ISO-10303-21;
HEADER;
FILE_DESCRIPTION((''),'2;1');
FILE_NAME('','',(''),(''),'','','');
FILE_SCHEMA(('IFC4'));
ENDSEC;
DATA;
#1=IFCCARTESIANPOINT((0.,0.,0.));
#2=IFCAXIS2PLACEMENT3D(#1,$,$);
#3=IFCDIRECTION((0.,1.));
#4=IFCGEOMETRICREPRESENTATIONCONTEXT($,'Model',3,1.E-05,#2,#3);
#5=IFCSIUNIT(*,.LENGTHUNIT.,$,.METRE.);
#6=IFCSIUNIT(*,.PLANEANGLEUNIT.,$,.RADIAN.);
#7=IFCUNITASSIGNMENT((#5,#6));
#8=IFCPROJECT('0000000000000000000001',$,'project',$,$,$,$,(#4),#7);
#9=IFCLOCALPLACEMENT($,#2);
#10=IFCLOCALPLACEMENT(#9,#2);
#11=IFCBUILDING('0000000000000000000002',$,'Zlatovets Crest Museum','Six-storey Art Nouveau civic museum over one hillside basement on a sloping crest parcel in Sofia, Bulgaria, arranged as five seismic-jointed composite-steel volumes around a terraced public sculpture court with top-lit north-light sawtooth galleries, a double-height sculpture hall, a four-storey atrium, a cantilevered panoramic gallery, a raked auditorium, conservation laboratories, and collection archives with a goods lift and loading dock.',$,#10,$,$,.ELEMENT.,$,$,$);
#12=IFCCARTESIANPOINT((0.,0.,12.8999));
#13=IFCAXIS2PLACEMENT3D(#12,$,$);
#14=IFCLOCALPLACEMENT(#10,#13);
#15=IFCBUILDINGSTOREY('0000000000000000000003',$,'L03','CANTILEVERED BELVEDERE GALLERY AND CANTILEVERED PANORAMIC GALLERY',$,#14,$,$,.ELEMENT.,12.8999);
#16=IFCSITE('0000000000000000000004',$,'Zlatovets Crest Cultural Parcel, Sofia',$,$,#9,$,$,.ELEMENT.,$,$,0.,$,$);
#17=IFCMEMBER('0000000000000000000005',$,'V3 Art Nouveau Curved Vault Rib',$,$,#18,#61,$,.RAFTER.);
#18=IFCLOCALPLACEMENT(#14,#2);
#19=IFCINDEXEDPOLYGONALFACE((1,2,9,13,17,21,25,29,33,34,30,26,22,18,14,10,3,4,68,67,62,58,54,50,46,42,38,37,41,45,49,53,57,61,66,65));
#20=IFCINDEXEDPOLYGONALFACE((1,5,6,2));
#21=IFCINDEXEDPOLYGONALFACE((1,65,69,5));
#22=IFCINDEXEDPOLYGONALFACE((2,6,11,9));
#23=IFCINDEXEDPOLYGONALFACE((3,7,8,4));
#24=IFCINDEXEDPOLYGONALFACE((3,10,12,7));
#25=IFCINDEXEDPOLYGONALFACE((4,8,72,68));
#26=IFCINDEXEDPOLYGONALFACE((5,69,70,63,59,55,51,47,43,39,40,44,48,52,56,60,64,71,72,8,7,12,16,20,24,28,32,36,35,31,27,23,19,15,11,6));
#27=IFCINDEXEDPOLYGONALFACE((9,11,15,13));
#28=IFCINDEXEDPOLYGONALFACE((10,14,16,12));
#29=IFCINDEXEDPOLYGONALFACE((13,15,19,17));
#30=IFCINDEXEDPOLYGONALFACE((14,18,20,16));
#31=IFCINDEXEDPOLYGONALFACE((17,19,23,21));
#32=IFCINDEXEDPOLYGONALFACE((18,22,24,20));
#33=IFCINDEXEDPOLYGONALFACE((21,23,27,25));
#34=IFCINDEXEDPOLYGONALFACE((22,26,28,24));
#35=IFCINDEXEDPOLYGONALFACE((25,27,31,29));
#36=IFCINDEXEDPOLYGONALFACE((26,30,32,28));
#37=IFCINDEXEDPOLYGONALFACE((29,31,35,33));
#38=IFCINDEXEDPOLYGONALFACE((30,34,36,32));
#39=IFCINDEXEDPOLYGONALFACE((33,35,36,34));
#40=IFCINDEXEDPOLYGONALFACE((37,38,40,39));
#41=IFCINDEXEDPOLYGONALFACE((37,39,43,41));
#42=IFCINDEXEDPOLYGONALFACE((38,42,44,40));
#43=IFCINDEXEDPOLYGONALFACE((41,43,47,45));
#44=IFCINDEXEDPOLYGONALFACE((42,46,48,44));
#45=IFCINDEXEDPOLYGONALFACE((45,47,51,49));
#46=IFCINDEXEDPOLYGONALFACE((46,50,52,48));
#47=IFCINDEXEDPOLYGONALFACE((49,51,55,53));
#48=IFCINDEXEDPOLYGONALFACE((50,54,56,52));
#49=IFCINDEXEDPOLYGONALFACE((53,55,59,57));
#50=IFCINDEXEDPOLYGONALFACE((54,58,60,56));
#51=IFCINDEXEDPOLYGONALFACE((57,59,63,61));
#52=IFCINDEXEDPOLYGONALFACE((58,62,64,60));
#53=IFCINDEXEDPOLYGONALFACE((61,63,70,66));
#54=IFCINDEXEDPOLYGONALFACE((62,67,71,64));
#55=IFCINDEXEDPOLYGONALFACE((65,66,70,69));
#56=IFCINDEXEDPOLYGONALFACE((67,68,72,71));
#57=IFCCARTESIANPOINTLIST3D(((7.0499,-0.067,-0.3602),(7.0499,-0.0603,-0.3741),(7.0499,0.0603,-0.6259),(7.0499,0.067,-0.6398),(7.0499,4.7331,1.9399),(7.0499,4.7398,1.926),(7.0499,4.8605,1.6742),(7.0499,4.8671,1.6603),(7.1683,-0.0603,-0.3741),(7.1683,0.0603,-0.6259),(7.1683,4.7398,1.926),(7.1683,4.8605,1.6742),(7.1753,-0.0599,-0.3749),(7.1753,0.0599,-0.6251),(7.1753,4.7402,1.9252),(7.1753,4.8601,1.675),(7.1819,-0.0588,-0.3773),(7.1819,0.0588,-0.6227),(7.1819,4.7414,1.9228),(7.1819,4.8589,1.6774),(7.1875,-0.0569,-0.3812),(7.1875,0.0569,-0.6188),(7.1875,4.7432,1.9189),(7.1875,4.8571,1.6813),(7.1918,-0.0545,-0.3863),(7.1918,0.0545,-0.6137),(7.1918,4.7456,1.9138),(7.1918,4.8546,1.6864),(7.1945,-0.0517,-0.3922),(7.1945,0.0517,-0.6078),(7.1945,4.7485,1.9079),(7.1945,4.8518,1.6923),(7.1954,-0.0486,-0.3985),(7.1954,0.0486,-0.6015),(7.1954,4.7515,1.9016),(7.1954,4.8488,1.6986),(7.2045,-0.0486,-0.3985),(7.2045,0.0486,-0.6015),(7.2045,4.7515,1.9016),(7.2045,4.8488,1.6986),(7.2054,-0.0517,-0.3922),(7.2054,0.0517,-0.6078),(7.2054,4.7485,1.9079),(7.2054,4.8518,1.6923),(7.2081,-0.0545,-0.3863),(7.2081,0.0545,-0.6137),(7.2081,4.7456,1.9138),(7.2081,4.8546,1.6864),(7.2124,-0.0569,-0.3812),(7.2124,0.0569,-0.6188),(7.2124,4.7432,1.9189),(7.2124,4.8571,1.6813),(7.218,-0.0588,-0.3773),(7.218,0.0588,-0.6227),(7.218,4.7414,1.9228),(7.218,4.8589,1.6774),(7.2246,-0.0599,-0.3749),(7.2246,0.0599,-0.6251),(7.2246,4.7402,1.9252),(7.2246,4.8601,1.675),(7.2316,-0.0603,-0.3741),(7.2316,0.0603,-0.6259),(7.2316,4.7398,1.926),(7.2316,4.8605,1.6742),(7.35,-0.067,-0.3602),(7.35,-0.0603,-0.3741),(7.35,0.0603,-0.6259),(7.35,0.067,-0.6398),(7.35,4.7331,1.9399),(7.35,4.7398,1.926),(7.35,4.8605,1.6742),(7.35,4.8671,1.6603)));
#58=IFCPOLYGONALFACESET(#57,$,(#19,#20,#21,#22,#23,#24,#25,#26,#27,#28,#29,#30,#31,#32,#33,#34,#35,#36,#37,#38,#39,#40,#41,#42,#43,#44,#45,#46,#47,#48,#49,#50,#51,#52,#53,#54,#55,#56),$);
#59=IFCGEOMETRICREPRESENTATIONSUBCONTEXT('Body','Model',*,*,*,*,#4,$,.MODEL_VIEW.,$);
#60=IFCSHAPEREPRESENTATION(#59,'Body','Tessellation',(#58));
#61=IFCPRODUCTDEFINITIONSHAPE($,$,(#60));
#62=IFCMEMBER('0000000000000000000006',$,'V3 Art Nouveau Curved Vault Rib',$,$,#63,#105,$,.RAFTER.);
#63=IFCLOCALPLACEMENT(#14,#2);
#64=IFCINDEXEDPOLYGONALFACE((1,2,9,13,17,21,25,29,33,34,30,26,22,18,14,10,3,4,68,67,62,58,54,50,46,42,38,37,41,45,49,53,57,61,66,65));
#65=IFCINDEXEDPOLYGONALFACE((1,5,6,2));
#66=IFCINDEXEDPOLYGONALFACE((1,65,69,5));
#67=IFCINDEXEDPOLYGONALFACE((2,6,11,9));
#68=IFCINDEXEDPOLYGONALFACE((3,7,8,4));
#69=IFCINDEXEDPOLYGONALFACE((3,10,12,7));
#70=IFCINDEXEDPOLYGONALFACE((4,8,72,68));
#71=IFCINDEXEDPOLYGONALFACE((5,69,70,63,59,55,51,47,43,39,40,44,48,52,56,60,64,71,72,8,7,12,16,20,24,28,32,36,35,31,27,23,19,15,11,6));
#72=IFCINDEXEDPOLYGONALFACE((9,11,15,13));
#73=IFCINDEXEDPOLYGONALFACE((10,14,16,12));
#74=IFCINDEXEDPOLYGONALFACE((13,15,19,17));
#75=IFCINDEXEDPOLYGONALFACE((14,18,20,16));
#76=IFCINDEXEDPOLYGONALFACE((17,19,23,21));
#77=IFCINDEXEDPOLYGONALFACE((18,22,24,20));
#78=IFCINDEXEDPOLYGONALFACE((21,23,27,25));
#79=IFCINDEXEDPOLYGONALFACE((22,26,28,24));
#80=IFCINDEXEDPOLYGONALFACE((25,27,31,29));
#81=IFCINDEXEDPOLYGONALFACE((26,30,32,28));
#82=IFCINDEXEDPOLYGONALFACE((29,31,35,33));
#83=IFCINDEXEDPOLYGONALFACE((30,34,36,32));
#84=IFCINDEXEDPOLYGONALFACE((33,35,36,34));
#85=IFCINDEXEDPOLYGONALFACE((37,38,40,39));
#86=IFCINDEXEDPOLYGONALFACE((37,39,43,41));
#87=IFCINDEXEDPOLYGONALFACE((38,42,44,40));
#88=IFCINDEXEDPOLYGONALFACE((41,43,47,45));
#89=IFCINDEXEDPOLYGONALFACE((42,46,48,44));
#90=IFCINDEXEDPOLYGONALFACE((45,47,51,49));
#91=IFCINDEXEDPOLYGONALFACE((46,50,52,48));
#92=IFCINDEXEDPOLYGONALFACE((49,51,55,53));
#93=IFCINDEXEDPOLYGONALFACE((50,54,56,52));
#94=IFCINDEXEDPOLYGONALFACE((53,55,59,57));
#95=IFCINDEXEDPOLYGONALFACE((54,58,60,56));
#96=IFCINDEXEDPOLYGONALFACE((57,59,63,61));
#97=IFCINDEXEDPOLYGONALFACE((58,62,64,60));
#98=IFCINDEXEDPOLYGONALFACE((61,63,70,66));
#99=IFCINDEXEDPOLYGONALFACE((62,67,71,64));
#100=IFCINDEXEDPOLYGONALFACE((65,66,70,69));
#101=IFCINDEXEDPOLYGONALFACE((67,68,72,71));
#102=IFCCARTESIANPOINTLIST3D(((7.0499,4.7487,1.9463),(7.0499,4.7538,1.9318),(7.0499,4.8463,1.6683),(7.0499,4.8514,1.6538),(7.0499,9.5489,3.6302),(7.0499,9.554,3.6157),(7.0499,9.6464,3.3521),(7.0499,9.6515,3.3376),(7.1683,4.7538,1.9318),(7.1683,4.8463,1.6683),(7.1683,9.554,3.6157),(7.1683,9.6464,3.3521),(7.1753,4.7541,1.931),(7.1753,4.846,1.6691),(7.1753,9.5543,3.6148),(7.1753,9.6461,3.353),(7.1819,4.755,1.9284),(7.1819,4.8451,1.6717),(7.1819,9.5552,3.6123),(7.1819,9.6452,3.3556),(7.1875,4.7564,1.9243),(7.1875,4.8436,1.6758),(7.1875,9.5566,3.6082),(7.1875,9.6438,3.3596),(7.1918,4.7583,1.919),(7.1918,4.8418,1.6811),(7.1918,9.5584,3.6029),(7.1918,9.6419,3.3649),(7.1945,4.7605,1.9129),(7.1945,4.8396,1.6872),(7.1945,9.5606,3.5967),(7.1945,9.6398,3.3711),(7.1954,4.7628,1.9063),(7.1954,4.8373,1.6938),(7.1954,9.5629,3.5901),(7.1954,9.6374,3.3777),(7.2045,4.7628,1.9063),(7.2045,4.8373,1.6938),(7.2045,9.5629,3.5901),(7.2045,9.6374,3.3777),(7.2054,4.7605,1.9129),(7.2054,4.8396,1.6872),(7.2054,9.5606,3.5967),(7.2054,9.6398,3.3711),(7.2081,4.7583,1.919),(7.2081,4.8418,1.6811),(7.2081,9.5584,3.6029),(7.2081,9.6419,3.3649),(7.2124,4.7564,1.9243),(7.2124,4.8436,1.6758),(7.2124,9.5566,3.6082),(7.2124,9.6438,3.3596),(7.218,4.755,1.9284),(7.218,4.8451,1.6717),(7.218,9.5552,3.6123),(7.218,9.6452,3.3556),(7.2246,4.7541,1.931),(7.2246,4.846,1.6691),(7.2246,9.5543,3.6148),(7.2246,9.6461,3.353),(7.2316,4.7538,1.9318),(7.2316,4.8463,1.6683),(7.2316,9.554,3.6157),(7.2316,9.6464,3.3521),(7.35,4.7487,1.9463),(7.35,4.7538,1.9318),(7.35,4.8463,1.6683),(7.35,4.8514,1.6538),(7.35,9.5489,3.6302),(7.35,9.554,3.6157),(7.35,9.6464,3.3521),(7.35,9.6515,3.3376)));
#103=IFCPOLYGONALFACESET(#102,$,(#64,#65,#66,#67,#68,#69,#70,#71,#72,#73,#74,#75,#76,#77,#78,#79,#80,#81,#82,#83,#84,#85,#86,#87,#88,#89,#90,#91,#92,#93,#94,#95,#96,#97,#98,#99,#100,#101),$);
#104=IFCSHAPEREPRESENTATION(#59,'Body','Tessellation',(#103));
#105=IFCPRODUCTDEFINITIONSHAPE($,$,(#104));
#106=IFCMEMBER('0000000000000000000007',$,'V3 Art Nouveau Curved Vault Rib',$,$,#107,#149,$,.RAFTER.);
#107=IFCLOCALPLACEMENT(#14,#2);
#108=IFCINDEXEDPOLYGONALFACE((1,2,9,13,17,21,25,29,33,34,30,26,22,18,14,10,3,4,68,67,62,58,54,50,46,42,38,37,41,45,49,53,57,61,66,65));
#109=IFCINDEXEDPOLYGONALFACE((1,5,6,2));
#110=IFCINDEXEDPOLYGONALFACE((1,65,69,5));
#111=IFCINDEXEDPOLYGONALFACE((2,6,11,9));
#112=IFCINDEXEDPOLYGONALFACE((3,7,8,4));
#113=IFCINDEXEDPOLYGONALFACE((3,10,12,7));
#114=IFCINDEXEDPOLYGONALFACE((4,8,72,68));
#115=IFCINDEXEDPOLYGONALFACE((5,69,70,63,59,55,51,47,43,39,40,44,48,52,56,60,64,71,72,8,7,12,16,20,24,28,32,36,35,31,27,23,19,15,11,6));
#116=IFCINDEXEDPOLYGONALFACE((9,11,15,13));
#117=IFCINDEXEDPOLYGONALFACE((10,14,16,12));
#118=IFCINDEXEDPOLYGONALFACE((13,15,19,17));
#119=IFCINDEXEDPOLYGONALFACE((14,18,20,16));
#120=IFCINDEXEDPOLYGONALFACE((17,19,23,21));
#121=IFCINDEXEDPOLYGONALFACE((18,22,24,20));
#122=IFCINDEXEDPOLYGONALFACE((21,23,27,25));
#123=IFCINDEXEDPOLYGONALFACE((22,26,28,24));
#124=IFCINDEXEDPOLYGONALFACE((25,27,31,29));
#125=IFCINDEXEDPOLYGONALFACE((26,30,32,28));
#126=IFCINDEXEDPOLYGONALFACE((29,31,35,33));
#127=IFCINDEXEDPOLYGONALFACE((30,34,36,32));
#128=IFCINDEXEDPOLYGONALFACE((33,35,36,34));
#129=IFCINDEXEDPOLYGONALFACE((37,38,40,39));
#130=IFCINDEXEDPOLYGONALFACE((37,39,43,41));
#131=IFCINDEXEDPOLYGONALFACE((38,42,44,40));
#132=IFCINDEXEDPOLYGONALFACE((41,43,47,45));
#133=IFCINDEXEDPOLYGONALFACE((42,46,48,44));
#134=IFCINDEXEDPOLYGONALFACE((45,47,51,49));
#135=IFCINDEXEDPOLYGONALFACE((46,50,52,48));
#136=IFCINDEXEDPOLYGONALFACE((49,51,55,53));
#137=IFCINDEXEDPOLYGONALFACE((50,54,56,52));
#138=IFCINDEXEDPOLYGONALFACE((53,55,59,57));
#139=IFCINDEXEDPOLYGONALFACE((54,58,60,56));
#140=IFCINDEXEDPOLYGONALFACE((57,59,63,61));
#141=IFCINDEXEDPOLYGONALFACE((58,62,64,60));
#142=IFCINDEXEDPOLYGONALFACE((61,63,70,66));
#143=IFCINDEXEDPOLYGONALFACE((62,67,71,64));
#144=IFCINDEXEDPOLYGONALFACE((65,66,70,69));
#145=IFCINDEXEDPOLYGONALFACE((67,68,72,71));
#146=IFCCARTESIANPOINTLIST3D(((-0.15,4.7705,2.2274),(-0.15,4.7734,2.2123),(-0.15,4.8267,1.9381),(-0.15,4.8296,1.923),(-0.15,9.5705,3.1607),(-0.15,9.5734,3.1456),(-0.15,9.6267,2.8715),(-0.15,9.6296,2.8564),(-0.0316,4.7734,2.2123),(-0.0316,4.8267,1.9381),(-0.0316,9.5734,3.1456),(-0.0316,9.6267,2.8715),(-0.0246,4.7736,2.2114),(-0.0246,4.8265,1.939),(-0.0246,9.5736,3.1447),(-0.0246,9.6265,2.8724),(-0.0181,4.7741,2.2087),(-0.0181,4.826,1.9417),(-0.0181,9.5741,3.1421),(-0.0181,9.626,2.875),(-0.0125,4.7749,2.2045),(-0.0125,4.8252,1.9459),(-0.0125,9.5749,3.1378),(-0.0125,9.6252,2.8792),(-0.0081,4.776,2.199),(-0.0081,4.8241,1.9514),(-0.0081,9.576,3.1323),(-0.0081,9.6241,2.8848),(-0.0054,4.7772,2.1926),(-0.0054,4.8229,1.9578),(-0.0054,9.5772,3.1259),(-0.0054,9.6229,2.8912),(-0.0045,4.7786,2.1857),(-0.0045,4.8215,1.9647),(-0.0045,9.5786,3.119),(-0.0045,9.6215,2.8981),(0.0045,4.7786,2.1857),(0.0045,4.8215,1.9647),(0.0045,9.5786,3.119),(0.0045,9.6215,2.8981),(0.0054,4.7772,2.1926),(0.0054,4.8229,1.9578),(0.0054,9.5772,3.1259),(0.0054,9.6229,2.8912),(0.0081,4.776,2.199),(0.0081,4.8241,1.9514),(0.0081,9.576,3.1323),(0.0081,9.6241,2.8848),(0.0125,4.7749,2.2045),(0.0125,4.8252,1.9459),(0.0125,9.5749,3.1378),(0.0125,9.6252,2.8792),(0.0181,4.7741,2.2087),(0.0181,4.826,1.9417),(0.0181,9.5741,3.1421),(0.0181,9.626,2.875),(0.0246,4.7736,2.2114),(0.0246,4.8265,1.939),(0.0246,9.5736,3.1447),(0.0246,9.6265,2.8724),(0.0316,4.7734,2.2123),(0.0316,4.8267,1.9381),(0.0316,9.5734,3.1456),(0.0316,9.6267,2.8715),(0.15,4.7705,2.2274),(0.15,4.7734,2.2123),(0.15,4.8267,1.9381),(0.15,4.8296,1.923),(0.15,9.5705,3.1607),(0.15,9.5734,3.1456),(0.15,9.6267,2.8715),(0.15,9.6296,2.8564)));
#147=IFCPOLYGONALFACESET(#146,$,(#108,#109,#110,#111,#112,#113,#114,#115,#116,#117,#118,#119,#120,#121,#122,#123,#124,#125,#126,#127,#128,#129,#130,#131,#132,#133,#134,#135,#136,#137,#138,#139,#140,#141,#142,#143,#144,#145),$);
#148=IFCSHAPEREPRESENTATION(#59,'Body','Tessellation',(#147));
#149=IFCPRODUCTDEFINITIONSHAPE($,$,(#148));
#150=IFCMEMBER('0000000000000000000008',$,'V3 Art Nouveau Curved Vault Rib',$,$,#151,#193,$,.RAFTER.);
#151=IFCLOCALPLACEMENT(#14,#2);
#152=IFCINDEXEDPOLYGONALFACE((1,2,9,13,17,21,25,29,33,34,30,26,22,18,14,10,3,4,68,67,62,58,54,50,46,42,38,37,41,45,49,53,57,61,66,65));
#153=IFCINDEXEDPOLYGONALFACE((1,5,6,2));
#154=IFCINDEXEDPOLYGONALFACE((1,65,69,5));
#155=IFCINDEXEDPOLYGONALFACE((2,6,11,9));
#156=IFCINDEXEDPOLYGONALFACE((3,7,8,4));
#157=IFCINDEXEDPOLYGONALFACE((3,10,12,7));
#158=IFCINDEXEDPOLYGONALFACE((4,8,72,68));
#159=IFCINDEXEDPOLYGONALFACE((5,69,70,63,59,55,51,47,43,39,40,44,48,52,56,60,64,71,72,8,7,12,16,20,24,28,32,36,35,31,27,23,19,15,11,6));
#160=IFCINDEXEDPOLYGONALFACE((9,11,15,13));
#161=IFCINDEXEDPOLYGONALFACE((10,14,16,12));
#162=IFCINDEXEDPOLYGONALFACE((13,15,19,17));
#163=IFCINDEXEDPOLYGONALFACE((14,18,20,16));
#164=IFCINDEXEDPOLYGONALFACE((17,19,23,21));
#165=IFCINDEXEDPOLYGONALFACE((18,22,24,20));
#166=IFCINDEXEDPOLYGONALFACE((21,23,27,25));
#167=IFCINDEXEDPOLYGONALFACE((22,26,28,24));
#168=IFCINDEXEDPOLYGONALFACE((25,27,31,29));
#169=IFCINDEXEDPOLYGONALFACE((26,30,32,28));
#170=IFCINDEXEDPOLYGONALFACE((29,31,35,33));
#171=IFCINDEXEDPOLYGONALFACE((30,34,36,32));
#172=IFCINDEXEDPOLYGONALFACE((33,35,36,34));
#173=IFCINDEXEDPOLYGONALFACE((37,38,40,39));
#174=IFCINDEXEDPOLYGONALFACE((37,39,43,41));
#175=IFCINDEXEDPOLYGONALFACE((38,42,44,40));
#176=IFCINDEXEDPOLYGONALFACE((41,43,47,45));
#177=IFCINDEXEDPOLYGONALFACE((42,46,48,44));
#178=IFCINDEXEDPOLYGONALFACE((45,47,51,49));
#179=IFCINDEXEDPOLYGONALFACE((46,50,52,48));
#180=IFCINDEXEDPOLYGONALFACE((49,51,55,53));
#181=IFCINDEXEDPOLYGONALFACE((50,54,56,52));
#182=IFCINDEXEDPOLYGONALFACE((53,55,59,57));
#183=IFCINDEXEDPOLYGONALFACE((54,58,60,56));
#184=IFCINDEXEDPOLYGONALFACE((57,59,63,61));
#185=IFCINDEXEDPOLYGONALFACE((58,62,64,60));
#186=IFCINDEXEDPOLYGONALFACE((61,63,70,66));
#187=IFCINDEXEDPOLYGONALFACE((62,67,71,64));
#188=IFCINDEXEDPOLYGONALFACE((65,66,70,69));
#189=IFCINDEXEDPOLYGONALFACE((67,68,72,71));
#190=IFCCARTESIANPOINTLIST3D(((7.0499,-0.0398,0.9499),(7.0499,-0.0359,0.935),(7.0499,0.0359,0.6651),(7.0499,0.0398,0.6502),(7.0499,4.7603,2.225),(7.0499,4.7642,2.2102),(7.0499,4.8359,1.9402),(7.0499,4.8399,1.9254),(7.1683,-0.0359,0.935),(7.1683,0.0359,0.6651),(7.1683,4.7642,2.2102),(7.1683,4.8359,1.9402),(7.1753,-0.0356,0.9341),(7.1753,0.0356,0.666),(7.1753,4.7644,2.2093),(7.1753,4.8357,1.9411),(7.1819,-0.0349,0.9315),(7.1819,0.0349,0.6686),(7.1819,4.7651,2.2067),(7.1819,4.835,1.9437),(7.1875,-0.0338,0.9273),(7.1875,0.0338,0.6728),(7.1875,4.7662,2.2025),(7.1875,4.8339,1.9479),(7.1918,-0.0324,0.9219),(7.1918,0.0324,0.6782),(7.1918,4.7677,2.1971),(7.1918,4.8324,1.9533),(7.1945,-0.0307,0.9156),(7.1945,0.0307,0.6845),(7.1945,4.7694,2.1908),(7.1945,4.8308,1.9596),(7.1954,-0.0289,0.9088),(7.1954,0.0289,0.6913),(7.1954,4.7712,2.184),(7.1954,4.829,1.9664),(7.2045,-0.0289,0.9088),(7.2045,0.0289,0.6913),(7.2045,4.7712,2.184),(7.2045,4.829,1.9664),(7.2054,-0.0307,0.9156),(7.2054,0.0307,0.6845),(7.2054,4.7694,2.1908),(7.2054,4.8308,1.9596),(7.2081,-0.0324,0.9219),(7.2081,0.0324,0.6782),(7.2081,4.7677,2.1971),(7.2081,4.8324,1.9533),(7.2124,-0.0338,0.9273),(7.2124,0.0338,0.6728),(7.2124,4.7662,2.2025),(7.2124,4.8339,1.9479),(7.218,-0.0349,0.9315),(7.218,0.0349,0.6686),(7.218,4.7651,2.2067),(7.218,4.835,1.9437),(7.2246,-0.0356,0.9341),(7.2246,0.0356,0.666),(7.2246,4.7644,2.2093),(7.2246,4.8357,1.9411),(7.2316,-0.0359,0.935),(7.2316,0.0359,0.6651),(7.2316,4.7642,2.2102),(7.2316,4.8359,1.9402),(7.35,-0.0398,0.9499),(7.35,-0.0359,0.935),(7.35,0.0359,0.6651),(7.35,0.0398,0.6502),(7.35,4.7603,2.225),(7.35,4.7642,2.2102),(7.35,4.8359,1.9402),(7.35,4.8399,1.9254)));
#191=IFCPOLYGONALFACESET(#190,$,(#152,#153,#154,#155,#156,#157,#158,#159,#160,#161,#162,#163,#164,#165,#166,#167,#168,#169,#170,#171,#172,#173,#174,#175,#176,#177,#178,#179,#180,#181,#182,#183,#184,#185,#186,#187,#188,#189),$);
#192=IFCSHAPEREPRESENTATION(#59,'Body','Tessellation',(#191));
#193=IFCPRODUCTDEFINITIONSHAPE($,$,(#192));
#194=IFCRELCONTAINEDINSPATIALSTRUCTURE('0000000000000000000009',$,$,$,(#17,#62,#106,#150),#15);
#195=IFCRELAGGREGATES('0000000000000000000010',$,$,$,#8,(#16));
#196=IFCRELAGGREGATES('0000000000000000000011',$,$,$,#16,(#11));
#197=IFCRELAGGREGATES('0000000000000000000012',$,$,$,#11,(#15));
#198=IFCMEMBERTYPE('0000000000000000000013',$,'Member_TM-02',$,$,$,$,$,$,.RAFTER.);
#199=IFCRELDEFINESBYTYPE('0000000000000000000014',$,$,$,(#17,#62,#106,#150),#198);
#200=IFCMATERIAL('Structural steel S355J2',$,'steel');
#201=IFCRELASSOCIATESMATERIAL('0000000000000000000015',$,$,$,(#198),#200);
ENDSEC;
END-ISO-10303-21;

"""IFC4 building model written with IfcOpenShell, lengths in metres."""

from ifc_helpers import new_model, si_unit, direction, frame, origin, origin_2d, place, context, subcontext, project, spatial, i_section, extrude, material, material_profile, profile_set, type_object, element, save


model = new_model("IFC4")

# Units and contexts
model_context = context("Model", 3, precision=1e-05, world=origin(), true_north=direction((0.0, 1.0)))
body_context = subcontext(model_context, "Body", "Model", "MODEL_VIEW")
ifc_project = project(units=[si_unit("LENGTHUNIT", "METRE"), si_unit("PLANEANGLEUNIT", "RADIAN")], contexts=[model_context])

# Site, building, storey
site_placement = place(None, origin())
site = spatial("IfcSite", under=ifc_project, at=site_placement, Name="Zlatovets Crest Cultural Parcel, Sofia", CompositionType="ELEMENT", RefElevation=0.0)
building_placement = place(site_placement, origin())
building = spatial("IfcBuilding", under=site, at=building_placement, Name="Zlatovets Crest Museum", Description="Six-storey Art Nouveau civic museum over one hillside basement on a sloping crest parcel in Sofia, Bulgaria, arranged as five seismic-jointed composite-steel volumes around a terraced public sculpture court with top-lit north-light sawtooth galleries, a double-height sculpture hall, a four-storey atrium, a cantilevered panoramic gallery, a raked auditorium, conservation laboratories, and collection archives with a goods lift and loading dock.", CompositionType="ELEMENT")
storey_placement = place(building_placement, frame((0.0, 0.0, 12.8999)))
storey = spatial("IfcBuildingStorey", under=building, at=storey_placement, Name="L03", Description="CANTILEVERED BELVEDERE GALLERY AND CANTILEVERED PANORAMIC GALLERY", CompositionType="ELEMENT", Elevation=12.8999)

# Shared definitions
ifc_material_1 = material(Name="Structural steel S355J2", Category="steel")

# Members
ifc_material_profile_1 = material_profile(ifc_material_1, i_section(OverallWidth=0.3, OverallDepth=0.3101, WebThickness=0.009, FlangeThickness=0.0154, FilletRadius=0.0271, at=origin_2d()), Name="HEA 320")
ifc_profile_set_1 = profile_set([ifc_material_profile_1], Name="Structural steel S355J2")
member_type_1 = type_object("IfcMemberType", Name="Member_TM-02", PredefinedType="RAFTER", material=ifc_profile_set_1)
member_1_placement = place(storey_placement, frame((7.2, 0.0, -0.5), z_axis=(0.0, 0.901814, 0.432124), x_axis=(-1.0, 0.0, 0.0)))
element("IfcMember", 1, at=member_1_placement, inside=storey, type_object=member_type_1, Name="V3 Art Nouveau Curved Vault Rib", PredefinedType="RAFTER", context=body_context, shape_type="SweptSolid", body=[
    extrude(i_section(OverallWidth=0.3, OverallDepth=0.3101, WebThickness=0.009, FlangeThickness=0.0154, FilletRadius=0.0271, at=origin_2d()), origin(), (0.0, 0.0, 1.0), 5.3228),
])
member_2_placement = place(storey_placement, frame((7.2, 4.8, 1.8), z_axis=(0.0, 0.943624, 0.331019), x_axis=(-1.0, 0.0, 0.0)))
element("IfcMember", 2, at=member_2_placement, inside=storey, type_object=member_type_1, Name="V3 Art Nouveau Curved Vault Rib", PredefinedType="RAFTER", context=body_context, shape_type="SweptSolid", body=[
    extrude(i_section(OverallWidth=0.3, OverallDepth=0.3101, WebThickness=0.009, FlangeThickness=0.0154, FilletRadius=0.0271, at=origin_2d()), origin(), (0.0, 0.0, 1.0), 5.0869),
])
member_3_placement = place(storey_placement, frame((0.0, 4.8, 2.0752), z_axis=(0.0, 0.981615, 0.190871), x_axis=(-1.0, 0.0, 0.0)))
element("IfcMember", 3, at=member_3_placement, inside=storey, type_object=member_type_1, Name="V3 Art Nouveau Curved Vault Rib", PredefinedType="RAFTER", context=body_context, shape_type="SweptSolid", body=[
    extrude(i_section(OverallWidth=0.3, OverallDepth=0.3101, WebThickness=0.009, FlangeThickness=0.0154, FilletRadius=0.0271, at=origin_2d()), origin(), (0.0, 0.0, 1.0), 4.8899),
])
member_4_placement = place(storey_placement, frame((7.2, 0.0, 0.8), z_axis=(0.0, 0.966478, 0.256748), x_axis=(-1.0, 0.0, 0.0)))
element("IfcMember", 4, at=member_4_placement, inside=storey, type_object=member_type_1, Name="V3 Art Nouveau Curved Vault Rib", PredefinedType="RAFTER", context=body_context, shape_type="SweptSolid", body=[
    extrude(i_section(OverallWidth=0.3, OverallDepth=0.3101, WebThickness=0.009, FlangeThickness=0.0154, FilletRadius=0.0271, at=origin_2d()), origin(), (0.0, 0.0, 1.0), 4.9666),
])

save(model, "model.ifc")
